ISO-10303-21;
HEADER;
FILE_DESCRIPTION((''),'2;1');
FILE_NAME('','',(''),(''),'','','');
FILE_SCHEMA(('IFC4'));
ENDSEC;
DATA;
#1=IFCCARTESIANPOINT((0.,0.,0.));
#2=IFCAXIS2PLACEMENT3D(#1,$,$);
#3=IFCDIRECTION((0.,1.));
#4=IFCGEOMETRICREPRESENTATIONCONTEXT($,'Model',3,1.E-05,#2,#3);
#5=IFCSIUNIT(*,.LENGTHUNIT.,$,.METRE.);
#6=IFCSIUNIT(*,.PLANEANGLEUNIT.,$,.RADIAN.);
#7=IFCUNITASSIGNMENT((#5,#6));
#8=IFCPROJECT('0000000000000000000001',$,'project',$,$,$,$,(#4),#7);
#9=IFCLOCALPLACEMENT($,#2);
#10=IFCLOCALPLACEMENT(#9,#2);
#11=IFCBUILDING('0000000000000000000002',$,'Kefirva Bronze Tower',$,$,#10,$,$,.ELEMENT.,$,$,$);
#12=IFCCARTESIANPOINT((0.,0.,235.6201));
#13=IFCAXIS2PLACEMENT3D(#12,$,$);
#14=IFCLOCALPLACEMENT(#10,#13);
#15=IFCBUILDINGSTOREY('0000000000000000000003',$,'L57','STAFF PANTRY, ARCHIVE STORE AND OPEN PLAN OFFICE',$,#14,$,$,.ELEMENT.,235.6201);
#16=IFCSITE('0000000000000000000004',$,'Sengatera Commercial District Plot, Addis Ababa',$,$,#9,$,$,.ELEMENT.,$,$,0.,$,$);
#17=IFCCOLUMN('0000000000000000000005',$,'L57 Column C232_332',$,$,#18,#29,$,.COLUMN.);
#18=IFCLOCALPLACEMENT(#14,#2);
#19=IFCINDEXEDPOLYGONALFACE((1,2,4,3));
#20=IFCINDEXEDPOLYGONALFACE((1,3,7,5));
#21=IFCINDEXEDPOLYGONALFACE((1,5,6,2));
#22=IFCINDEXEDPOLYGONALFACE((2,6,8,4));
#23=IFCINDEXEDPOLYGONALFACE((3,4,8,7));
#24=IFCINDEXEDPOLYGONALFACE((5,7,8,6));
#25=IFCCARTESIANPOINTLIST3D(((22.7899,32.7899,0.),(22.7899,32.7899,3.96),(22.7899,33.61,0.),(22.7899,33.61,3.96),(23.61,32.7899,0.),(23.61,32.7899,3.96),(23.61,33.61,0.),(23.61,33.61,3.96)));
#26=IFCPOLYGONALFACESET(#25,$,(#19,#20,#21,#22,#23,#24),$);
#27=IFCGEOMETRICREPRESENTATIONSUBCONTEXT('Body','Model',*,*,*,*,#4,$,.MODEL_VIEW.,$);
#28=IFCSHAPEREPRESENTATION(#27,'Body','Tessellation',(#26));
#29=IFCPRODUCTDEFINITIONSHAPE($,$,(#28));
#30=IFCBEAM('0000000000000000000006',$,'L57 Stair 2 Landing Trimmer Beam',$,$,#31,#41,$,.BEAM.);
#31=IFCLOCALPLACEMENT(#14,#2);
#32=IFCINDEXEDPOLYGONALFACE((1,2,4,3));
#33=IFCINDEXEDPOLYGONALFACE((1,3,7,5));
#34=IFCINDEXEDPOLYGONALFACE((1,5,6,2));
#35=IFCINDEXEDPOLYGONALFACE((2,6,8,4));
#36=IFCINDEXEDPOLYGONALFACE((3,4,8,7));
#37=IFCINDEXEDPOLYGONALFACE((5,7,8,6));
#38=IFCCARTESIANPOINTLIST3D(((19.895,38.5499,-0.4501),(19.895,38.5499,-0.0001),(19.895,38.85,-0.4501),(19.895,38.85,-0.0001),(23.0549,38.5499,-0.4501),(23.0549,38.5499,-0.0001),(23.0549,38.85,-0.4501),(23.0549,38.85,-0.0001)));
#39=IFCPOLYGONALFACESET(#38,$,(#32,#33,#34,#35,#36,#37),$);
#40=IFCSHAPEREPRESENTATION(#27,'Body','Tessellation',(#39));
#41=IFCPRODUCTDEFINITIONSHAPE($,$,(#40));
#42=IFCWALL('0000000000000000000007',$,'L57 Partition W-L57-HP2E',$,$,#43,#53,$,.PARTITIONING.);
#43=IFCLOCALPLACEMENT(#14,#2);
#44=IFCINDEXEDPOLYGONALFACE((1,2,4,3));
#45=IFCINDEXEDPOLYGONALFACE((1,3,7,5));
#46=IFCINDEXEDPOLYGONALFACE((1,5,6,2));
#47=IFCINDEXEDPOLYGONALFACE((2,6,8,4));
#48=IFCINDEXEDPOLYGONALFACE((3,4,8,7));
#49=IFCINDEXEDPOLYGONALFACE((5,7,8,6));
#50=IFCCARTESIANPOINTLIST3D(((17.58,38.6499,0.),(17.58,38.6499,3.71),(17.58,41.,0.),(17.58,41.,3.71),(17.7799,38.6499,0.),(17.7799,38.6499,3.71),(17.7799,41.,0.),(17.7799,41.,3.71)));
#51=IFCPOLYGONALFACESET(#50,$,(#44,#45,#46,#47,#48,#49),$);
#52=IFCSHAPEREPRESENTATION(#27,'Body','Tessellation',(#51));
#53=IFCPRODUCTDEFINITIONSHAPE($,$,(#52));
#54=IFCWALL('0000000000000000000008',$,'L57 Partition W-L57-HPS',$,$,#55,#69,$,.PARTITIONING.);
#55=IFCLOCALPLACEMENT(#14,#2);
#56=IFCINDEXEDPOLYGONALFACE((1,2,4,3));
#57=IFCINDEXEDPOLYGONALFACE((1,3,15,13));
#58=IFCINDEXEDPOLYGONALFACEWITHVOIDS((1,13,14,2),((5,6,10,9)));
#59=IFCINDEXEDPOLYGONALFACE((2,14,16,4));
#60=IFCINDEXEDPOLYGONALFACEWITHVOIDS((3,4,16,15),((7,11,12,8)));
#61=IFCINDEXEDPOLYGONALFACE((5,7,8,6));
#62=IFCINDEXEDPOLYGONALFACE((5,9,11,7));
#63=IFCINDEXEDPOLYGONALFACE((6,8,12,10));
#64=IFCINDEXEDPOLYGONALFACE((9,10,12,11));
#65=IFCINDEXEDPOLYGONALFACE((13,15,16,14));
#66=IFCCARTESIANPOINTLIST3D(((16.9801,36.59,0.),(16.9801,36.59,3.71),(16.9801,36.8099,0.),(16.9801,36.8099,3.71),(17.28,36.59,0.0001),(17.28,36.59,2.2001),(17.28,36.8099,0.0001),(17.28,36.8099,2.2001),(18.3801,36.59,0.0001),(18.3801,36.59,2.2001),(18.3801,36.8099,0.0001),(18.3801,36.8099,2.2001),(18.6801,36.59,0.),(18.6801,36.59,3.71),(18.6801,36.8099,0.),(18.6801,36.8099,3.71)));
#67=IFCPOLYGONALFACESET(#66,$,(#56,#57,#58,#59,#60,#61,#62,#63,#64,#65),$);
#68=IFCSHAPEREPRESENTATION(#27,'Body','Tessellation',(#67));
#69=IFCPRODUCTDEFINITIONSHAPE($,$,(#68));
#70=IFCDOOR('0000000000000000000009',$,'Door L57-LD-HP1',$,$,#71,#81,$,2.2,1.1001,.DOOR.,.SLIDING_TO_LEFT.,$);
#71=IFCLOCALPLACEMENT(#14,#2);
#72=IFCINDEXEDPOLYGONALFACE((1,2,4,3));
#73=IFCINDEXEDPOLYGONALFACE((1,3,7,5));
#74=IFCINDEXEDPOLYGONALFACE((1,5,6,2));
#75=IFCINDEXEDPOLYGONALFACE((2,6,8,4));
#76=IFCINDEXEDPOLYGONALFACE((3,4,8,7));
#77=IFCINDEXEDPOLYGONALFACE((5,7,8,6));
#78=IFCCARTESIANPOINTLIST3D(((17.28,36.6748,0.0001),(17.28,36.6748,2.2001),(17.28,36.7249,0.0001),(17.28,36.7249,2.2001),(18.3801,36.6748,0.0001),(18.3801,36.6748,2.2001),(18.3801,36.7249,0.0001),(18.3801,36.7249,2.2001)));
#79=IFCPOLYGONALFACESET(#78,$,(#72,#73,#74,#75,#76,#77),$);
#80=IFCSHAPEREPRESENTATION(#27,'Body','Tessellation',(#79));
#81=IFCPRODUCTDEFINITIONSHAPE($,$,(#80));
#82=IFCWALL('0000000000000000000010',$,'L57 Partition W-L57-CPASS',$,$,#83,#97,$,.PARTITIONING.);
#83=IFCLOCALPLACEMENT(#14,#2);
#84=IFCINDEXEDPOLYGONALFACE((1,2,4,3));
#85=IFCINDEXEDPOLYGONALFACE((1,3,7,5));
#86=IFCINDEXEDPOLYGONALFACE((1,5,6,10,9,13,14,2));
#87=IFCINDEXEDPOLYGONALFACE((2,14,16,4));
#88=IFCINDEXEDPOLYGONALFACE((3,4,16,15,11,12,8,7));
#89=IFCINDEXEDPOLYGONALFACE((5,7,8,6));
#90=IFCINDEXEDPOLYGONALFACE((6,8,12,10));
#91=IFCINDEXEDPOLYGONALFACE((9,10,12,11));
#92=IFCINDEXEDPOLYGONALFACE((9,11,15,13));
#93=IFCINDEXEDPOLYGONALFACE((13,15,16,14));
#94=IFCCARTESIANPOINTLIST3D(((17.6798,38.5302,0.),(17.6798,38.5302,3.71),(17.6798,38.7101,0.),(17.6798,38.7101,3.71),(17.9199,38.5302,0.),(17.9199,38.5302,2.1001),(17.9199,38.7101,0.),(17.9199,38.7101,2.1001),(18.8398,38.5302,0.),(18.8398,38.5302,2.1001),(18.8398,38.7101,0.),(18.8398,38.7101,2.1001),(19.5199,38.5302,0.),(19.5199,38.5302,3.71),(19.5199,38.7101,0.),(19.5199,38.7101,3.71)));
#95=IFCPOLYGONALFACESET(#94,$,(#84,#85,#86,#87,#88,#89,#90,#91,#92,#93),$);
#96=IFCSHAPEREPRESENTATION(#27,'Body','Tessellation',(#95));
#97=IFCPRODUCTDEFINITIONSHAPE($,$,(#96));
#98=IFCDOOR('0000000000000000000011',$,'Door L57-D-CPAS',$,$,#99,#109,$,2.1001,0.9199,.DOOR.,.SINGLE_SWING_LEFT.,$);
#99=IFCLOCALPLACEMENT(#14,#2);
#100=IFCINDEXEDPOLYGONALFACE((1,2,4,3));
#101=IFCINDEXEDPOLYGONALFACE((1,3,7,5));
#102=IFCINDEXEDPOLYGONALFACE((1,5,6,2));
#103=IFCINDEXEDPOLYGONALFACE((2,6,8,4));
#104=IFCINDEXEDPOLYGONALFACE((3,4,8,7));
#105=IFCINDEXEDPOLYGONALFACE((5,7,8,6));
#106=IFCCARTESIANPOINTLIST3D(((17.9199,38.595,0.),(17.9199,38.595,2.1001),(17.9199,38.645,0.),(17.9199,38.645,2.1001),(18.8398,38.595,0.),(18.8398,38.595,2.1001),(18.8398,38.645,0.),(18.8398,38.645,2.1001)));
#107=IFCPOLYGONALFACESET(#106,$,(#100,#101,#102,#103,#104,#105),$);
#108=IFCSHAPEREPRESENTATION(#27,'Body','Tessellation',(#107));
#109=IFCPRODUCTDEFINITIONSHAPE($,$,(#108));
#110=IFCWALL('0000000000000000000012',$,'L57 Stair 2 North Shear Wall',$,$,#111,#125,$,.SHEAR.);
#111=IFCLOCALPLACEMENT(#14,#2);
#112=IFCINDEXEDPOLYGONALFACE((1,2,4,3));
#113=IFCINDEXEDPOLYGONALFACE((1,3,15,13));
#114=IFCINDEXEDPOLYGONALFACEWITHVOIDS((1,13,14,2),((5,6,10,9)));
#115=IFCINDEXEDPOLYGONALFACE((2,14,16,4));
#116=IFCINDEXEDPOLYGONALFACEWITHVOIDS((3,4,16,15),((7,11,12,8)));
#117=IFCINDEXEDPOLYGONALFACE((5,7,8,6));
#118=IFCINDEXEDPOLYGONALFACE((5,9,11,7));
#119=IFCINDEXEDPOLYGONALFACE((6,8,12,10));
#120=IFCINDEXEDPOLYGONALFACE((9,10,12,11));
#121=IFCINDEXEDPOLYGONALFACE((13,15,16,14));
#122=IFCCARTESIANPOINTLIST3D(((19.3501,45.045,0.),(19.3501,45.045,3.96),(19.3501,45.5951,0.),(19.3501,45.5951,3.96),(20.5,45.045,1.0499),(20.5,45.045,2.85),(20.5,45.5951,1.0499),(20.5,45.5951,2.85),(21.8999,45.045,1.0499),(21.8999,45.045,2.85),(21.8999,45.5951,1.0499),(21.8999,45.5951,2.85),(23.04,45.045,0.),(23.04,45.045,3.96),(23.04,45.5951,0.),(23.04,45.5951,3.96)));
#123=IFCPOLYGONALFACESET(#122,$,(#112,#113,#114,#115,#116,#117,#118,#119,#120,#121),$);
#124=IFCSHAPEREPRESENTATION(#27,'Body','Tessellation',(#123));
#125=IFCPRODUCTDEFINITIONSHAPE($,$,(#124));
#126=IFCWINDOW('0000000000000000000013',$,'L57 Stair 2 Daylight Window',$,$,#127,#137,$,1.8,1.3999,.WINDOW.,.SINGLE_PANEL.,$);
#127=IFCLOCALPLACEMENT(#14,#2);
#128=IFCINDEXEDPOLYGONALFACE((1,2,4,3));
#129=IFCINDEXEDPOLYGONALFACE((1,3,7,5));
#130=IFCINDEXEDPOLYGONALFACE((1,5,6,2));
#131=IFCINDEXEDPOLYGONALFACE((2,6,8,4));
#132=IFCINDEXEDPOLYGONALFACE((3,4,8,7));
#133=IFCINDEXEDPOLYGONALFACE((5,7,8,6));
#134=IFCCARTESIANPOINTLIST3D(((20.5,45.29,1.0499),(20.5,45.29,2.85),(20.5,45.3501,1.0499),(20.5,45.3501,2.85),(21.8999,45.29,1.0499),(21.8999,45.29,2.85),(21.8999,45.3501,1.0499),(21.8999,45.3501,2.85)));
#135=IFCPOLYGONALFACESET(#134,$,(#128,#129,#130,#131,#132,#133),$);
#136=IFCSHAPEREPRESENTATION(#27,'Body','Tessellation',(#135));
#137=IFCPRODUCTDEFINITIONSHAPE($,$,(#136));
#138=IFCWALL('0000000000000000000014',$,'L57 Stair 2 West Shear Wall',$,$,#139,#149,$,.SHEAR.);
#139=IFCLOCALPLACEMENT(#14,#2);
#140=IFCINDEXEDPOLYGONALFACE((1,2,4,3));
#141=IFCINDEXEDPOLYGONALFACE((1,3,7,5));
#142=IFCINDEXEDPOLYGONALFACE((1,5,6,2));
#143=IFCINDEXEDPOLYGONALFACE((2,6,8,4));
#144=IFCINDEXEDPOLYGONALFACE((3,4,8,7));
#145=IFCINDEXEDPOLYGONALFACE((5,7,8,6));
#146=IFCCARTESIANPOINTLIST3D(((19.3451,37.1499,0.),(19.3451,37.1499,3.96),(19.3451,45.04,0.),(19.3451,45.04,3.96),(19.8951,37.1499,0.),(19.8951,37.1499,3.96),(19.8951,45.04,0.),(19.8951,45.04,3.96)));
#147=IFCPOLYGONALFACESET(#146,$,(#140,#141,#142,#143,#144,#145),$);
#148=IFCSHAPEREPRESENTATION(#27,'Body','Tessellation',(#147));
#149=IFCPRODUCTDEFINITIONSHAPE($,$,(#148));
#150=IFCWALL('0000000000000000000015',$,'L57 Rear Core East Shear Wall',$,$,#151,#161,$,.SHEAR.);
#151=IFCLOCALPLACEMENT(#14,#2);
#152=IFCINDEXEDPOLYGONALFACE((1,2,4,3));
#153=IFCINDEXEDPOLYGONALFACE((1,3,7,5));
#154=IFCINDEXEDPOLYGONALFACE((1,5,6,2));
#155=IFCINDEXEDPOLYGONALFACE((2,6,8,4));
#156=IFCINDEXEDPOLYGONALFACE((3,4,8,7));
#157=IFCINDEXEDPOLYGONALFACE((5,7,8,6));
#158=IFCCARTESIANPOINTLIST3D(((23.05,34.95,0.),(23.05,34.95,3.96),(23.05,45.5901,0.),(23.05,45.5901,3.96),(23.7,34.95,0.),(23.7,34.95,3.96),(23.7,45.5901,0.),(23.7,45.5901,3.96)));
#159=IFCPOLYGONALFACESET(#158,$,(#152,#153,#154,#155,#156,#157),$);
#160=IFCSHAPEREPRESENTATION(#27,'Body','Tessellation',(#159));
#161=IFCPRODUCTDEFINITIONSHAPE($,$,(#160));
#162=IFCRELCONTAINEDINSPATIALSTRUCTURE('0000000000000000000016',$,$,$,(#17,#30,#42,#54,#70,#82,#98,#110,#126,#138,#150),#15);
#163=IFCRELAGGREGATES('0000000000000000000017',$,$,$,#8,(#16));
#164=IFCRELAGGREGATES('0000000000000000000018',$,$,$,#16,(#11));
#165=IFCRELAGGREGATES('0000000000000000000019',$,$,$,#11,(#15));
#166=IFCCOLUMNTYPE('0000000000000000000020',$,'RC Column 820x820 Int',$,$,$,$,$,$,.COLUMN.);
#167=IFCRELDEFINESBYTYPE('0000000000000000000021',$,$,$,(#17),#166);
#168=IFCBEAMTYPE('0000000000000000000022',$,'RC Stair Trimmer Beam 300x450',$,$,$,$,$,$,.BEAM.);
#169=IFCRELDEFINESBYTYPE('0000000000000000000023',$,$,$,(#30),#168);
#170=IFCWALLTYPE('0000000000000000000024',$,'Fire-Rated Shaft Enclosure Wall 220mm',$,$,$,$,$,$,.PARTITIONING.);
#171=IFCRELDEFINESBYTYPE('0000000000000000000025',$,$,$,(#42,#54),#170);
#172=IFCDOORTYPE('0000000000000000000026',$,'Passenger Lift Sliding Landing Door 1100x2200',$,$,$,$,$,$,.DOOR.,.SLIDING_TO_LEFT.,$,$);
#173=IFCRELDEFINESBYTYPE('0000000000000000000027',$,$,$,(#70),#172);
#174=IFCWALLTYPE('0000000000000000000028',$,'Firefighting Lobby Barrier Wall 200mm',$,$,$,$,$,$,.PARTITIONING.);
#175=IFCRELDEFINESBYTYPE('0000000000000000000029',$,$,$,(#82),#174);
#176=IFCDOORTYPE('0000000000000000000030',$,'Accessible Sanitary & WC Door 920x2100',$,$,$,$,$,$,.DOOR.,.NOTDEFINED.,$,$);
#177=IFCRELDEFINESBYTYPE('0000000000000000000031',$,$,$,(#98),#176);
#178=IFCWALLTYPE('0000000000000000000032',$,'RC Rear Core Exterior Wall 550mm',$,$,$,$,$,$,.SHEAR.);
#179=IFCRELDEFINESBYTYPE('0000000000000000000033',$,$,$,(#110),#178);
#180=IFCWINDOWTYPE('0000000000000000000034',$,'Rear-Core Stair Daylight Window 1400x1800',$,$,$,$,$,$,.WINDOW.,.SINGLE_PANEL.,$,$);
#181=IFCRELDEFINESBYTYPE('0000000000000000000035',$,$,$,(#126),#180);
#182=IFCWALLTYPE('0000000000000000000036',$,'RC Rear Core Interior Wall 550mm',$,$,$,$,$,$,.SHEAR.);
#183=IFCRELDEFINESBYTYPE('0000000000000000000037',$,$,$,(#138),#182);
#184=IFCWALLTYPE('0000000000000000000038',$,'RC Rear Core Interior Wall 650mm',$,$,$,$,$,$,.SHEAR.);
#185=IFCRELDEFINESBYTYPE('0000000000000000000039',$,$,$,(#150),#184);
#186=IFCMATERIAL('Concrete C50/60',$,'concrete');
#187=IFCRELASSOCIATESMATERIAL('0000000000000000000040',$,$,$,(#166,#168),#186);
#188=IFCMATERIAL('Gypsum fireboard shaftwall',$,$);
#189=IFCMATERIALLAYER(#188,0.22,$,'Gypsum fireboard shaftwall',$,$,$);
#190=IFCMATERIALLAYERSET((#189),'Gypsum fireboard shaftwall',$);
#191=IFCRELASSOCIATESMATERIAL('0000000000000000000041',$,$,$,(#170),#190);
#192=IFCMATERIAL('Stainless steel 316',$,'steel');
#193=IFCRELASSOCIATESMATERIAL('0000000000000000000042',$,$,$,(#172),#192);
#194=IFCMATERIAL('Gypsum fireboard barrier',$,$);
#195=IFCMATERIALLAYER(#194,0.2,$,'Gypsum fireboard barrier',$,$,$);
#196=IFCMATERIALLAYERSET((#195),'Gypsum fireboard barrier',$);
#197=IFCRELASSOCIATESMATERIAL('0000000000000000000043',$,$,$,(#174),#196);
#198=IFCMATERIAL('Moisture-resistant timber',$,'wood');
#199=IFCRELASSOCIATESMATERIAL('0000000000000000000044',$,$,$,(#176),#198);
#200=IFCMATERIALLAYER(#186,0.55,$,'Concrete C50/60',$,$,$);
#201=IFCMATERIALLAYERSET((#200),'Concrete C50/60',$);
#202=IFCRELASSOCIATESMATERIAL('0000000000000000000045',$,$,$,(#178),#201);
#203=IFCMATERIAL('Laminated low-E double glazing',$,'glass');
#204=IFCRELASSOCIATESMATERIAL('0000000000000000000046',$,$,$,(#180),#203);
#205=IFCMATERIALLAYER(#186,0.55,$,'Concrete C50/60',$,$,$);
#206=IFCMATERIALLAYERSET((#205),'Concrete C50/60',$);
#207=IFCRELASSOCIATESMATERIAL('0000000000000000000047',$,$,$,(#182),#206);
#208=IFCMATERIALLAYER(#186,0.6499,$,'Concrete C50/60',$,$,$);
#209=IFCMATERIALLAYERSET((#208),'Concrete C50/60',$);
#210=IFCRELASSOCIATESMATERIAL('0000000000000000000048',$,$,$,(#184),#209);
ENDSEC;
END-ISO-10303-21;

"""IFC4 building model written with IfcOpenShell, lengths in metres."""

from ifc_helpers import new_model, si_unit, direction, frame, frame_2d, origin, origin_2d, place, context, subcontext, project, spatial, rectangle, extrude, material, layer, layer_set, material_profile, profile_set, type_object, element, fill, save


model = new_model("IFC4")

# Units and contexts
model_context = context("Model", 3, precision=1e-05, world=origin(), true_north=direction((0.0, 1.0)))
body_context = subcontext(model_context, "Body", "Model", "MODEL_VIEW")
ifc_project = project(units=[si_unit("LENGTHUNIT", "METRE"), si_unit("PLANEANGLEUNIT", "RADIAN")], contexts=[model_context])

# Site, building, storey
site_placement = place(None, origin())
site = spatial("IfcSite", under=ifc_project, at=site_placement, Name="Sengatera Commercial District Plot, Addis Ababa", CompositionType="ELEMENT", RefElevation=0.0)
building_placement = place(site_placement, origin())
building = spatial("IfcBuilding", under=site, at=building_placement, Name="Kefirva Bronze Tower", CompositionType="ELEMENT")
storey_placement = place(building_placement, frame((0.0, 0.0, 235.6201)))
storey = spatial("IfcBuildingStorey", under=building, at=storey_placement, Name="L57", Description="STAFF PANTRY, ARCHIVE STORE AND OPEN PLAN OFFICE", CompositionType="ELEMENT", Elevation=235.6201)

# Column
ifc_material_1 = material(Name="Concrete C50/60", Category="concrete")
ifc_material_profile_1 = material_profile(ifc_material_1, rectangle(XDim=0.8201, YDim=0.8201, at=origin_2d()), Name="RC 820x820")
ifc_profile_set_1 = profile_set([ifc_material_profile_1], Name="Concrete C50/60")
column_type = type_object("IfcColumnType", Name="RC Column 820x820 Int", PredefinedType="COLUMN", material=ifc_profile_set_1)
column_placement = place(storey_placement, frame((23.2, 33.2, 0.0), z_axis=(0.0, 0.0, 1.0), x_axis=(1.0, 0.0, 0.0)))
element("IfcColumn", 1, at=column_placement, inside=storey, type_object=column_type, Name="L57 Column C232_332", PredefinedType="COLUMN", context=body_context, shape_type="SweptSolid", body=[
    extrude(rectangle(XDim=0.8201, YDim=0.8201, at=origin_2d()), origin(), (0.0, 0.0, 1.0), 3.96),
])

# Beam
ifc_material_profile_2 = material_profile(ifc_material_1, rectangle(XDim=0.3, YDim=0.45, at=origin_2d()), Name="RC 300x450")
ifc_profile_set_2 = profile_set([ifc_material_profile_2], Name="Concrete C50/60")
beam_type = type_object("IfcBeamType", Name="RC Stair Trimmer Beam 300x450", PredefinedType="BEAM", material=ifc_profile_set_2)
beam_placement = place(storey_placement, frame((19.895, 38.7, -0.2251), z_axis=(1.0, 0.0, 0.0), x_axis=(0.0, 1.0, 0.0)))
element("IfcBeam", 2, at=beam_placement, inside=storey, type_object=beam_type, Name="L57 Stair 2 Landing Trimmer Beam", PredefinedType="BEAM", context=body_context, shape_type="SweptSolid", body=[
    extrude(rectangle(XDim=0.3, YDim=0.45, at=origin_2d()), origin(), (0.0, 0.0, 1.0), 3.1599),
])

# Shared definitions
ifc_material_2 = material(Name="Gypsum fireboard shaftwall")
ifc_layer_1 = layer(ifc_material_2, 0.22, Name="Gypsum fireboard shaftwall")
ifc_layer_set_1 = layer_set([ifc_layer_1], Name="Gypsum fireboard shaftwall")
wall_type_1 = type_object("IfcWallType", Name="Fire-Rated Shaft Enclosure Wall 220mm", PredefinedType="PARTITIONING", material=ifc_layer_set_1)

# Wall
wall_1_placement = place(storey_placement, frame((17.6799, 38.6499, 0.0), z_axis=(0.0, 0.0, 1.0), x_axis=(0.0, 1.0, 0.0)))
element("IfcWall", 3, at=wall_1_placement, inside=storey, type_object=wall_type_1, Name="L57 Partition W-L57-HP2E", PredefinedType="PARTITIONING", context=body_context, shape_type="SweptSolid", body=[
    extrude(rectangle(XDim=2.3501, YDim=0.2, at=frame_2d((1.175, 0.0))), origin(), (0.0, 0.0, 1.0), 3.71),
])

# Walls, openings, doors
wall_2_placement = place(storey_placement, frame((16.98, 36.7, 0.0), z_axis=(0.0, 0.0, 1.0), x_axis=(1.0, 0.0, 0.0)))
wall_2 = element("IfcWall", 4, at=wall_2_placement, inside=storey, type_object=wall_type_1, Name="L57 Partition W-L57-HPS", PredefinedType="PARTITIONING", context=body_context, shape_type="SweptSolid", body=[
    extrude(rectangle(XDim=1.7, YDim=0.22, at=frame_2d((0.8501, 0.0))), origin(), (0.0, 0.0, 1.0), 3.71),
])
opening_1_placement = place(wall_2_placement, frame((0.3, 0.0, 0.0)))
opening_1 = element("IfcOpeningElement", 5, at=opening_1_placement, cuts=wall_2, PredefinedType="OPENING", context=body_context, shape_type="SweptSolid", body=[
    extrude(rectangle(XDim=1.1001, YDim=2.2, at=frame_2d((0.55, 1.1001))), frame((0.0, 0.1201, 0.0), z_axis=(0.0, -1.0, 0.0), x_axis=(1.0, 0.0, 0.0)), (0.0, 0.0, 1.0), 0.24),
])
ifc_material_3 = material(Name="Stainless steel 316", Category="steel")
door_type_1 = type_object("IfcDoorType", Name="Passenger Lift Sliding Landing Door 1100x2200", OperationType="SLIDING_TO_LEFT", PredefinedType="DOOR", material=ifc_material_3)
door_1_placement = place(opening_1_placement, origin())
door_1 = element("IfcDoor", 6, at=door_1_placement, inside=storey, type_object=door_type_1, Name="Door L57-LD-HP1", OperationType="SLIDING_TO_LEFT", OverallHeight=2.2, OverallWidth=1.1001, PredefinedType="DOOR", context=body_context, shape_type="SweptSolid", body=[
    extrude(rectangle(XDim=1.1001, YDim=2.2, at=frame_2d((0.55, 1.1001))), frame((0.0, 0.0249, 0.0), z_axis=(0.0, -1.0, 0.0), x_axis=(1.0, 0.0, 0.0)), (0.0, 0.0, 1.0), 0.05),
])
fill(opening_1, door_1)
ifc_material_4 = material(Name="Gypsum fireboard barrier")
ifc_layer_2 = layer(ifc_material_4, 0.2, Name="Gypsum fireboard barrier")
ifc_layer_set_2 = layer_set([ifc_layer_2], Name="Gypsum fireboard barrier")
wall_type_2 = type_object("IfcWallType", Name="Firefighting Lobby Barrier Wall 200mm", PredefinedType="PARTITIONING", material=ifc_layer_set_2)
wall_3_placement = place(storey_placement, frame((17.6799, 38.6201, 0.0), z_axis=(0.0, 0.0, 1.0), x_axis=(1.0, 0.0, 0.0)))
wall_3 = element("IfcWall", 7, at=wall_3_placement, inside=storey, type_object=wall_type_2, Name="L57 Partition W-L57-CPASS", PredefinedType="PARTITIONING", context=body_context, shape_type="SweptSolid", body=[
    extrude(rectangle(XDim=1.8401, YDim=0.1799, at=frame_2d((0.9199, 0.0))), origin(), (0.0, 0.0, 1.0), 3.71),
])
opening_2_placement = place(wall_3_placement, frame((0.24, 0.0, 0.0)))
opening_2 = element("IfcOpeningElement", 8, at=opening_2_placement, cuts=wall_3, PredefinedType="OPENING", context=body_context, shape_type="SweptSolid", body=[
    extrude(rectangle(XDim=0.9199, YDim=2.1001, at=frame_2d((0.46, 1.05))), frame((0.0, 0.1001, 0.0), z_axis=(0.0, -1.0, 0.0), x_axis=(1.0, 0.0, 0.0)), (0.0, 0.0, 1.0), 0.2),
])
ifc_material_5 = material(Name="Moisture-resistant timber", Category="wood")
door_type_2 = type_object("IfcDoorType", Name="Accessible Sanitary & WC Door 920x2100", OperationType="NOTDEFINED", PredefinedType="DOOR", material=ifc_material_5)
door_2_placement = place(opening_2_placement, origin())
door_2 = element("IfcDoor", 9, at=door_2_placement, inside=storey, type_object=door_type_2, Name="Door L57-D-CPAS", OperationType="SINGLE_SWING_LEFT", OverallHeight=2.1001, OverallWidth=0.9199, PredefinedType="DOOR", context=body_context, shape_type="SweptSolid", body=[
    extrude(rectangle(XDim=0.9199, YDim=2.1001, at=frame_2d((0.46, 1.05))), frame((0.0, 0.0249, 0.0), z_axis=(0.0, -1.0, 0.0), x_axis=(1.0, 0.0, 0.0)), (0.0, 0.0, 1.0), 0.05),
])
fill(opening_2, door_2)

# Wall, opening, window
ifc_layer_3 = layer(ifc_material_1, 0.55, Name="Concrete C50/60")
ifc_layer_set_3 = layer_set([ifc_layer_3], Name="Concrete C50/60")
wall_type_3 = type_object("IfcWallType", Name="RC Rear Core Exterior Wall 550mm", PredefinedType="SHEAR", material=ifc_layer_set_3)
wall_4_placement = place(storey_placement, frame((19.3501, 45.3201, 0.0), z_axis=(0.0, 0.0, 1.0), x_axis=(1.0, 0.0, 0.0)))
wall_4 = element("IfcWall", 10, at=wall_4_placement, inside=storey, type_object=wall_type_3, Name="L57 Stair 2 North Shear Wall", PredefinedType="SHEAR", context=body_context, shape_type="SweptSolid", body=[
    extrude(rectangle(XDim=3.6899, YDim=0.55, at=frame_2d((1.845, 0.0))), origin(), (0.0, 0.0, 1.0), 3.96),
])
opening_3_placement = place(wall_4_placement, frame((1.1499, 0.0, 1.05)))
opening_3 = element("IfcOpeningElement", 11, at=opening_3_placement, cuts=wall_4, PredefinedType="OPENING", context=body_context, shape_type="SweptSolid", body=[
    extrude(rectangle(XDim=1.3999, YDim=1.8, at=frame_2d((0.7, 0.8999))), frame((0.0, 0.2852, 0.0), z_axis=(0.0, -1.0, 0.0), x_axis=(1.0, 0.0, 0.0)), (0.0, 0.0, 1.0), 0.5701),
])
ifc_material_6 = material(Name="Laminated low-E double glazing", Category="glass")
window_type = type_object("IfcWindowType", Name="Rear-Core Stair Daylight Window 1400x1800", PartitioningType="SINGLE_PANEL", PredefinedType="WINDOW", material=ifc_material_6)
window_placement = place(opening_3_placement, origin())
window = element("IfcWindow", 12, at=window_placement, inside=storey, type_object=window_type, Name="L57 Stair 2 Daylight Window", OverallHeight=1.8, OverallWidth=1.3999, PartitioningType="SINGLE_PANEL", PredefinedType="WINDOW", context=body_context, shape_type="SweptSolid", body=[
    extrude(rectangle(XDim=1.3999, YDim=1.8, at=frame_2d((0.7, 0.8999))), frame((0.0, 0.03, 0.0), z_axis=(0.0, -1.0, 0.0), x_axis=(1.0, 0.0, 0.0)), (0.0, 0.0, 1.0), 0.0601),
])
fill(opening_3, window)

# Walls
ifc_layer_4 = layer(ifc_material_1, 0.55, Name="Concrete C50/60")
ifc_layer_set_4 = layer_set([ifc_layer_4], Name="Concrete C50/60")
wall_type_4 = type_object("IfcWallType", Name="RC Rear Core Interior Wall 550mm", PredefinedType="SHEAR", material=ifc_layer_set_4)
wall_5_placement = place(storey_placement, frame((19.6201, 37.1499, 0.0), z_axis=(0.0, 0.0, 1.0), x_axis=(0.0, 1.0, 0.0)))
element("IfcWall", 13, at=wall_5_placement, inside=storey, type_object=wall_type_4, Name="L57 Stair 2 West Shear Wall", PredefinedType="SHEAR", context=body_context, shape_type="SweptSolid", body=[
    extrude(rectangle(XDim=7.8901, YDim=0.55, at=frame_2d((3.9451, 0.0))), origin(), (0.0, 0.0, 1.0), 3.96),
])
ifc_layer_5 = layer(ifc_material_1, 0.6499, Name="Concrete C50/60")
ifc_layer_set_5 = layer_set([ifc_layer_5], Name="Concrete C50/60")
wall_type_5 = type_object("IfcWallType", Name="RC Rear Core Interior Wall 650mm", PredefinedType="SHEAR", material=ifc_layer_set_5)
wall_6_placement = place(storey_placement, frame((23.375, 34.95, 0.0), z_axis=(0.0, 0.0, 1.0), x_axis=(0.0, 1.0, 0.0)))
element("IfcWall", 14, at=wall_6_placement, inside=storey, type_object=wall_type_5, Name="L57 Rear Core East Shear Wall", PredefinedType="SHEAR", context=body_context, shape_type="SweptSolid", body=[
    extrude(rectangle(XDim=10.6401, YDim=0.6499, at=frame_2d((5.3201, 0.0))), origin(), (0.0, 0.0, 1.0), 3.96),
])

save(model, "model.ifc")
